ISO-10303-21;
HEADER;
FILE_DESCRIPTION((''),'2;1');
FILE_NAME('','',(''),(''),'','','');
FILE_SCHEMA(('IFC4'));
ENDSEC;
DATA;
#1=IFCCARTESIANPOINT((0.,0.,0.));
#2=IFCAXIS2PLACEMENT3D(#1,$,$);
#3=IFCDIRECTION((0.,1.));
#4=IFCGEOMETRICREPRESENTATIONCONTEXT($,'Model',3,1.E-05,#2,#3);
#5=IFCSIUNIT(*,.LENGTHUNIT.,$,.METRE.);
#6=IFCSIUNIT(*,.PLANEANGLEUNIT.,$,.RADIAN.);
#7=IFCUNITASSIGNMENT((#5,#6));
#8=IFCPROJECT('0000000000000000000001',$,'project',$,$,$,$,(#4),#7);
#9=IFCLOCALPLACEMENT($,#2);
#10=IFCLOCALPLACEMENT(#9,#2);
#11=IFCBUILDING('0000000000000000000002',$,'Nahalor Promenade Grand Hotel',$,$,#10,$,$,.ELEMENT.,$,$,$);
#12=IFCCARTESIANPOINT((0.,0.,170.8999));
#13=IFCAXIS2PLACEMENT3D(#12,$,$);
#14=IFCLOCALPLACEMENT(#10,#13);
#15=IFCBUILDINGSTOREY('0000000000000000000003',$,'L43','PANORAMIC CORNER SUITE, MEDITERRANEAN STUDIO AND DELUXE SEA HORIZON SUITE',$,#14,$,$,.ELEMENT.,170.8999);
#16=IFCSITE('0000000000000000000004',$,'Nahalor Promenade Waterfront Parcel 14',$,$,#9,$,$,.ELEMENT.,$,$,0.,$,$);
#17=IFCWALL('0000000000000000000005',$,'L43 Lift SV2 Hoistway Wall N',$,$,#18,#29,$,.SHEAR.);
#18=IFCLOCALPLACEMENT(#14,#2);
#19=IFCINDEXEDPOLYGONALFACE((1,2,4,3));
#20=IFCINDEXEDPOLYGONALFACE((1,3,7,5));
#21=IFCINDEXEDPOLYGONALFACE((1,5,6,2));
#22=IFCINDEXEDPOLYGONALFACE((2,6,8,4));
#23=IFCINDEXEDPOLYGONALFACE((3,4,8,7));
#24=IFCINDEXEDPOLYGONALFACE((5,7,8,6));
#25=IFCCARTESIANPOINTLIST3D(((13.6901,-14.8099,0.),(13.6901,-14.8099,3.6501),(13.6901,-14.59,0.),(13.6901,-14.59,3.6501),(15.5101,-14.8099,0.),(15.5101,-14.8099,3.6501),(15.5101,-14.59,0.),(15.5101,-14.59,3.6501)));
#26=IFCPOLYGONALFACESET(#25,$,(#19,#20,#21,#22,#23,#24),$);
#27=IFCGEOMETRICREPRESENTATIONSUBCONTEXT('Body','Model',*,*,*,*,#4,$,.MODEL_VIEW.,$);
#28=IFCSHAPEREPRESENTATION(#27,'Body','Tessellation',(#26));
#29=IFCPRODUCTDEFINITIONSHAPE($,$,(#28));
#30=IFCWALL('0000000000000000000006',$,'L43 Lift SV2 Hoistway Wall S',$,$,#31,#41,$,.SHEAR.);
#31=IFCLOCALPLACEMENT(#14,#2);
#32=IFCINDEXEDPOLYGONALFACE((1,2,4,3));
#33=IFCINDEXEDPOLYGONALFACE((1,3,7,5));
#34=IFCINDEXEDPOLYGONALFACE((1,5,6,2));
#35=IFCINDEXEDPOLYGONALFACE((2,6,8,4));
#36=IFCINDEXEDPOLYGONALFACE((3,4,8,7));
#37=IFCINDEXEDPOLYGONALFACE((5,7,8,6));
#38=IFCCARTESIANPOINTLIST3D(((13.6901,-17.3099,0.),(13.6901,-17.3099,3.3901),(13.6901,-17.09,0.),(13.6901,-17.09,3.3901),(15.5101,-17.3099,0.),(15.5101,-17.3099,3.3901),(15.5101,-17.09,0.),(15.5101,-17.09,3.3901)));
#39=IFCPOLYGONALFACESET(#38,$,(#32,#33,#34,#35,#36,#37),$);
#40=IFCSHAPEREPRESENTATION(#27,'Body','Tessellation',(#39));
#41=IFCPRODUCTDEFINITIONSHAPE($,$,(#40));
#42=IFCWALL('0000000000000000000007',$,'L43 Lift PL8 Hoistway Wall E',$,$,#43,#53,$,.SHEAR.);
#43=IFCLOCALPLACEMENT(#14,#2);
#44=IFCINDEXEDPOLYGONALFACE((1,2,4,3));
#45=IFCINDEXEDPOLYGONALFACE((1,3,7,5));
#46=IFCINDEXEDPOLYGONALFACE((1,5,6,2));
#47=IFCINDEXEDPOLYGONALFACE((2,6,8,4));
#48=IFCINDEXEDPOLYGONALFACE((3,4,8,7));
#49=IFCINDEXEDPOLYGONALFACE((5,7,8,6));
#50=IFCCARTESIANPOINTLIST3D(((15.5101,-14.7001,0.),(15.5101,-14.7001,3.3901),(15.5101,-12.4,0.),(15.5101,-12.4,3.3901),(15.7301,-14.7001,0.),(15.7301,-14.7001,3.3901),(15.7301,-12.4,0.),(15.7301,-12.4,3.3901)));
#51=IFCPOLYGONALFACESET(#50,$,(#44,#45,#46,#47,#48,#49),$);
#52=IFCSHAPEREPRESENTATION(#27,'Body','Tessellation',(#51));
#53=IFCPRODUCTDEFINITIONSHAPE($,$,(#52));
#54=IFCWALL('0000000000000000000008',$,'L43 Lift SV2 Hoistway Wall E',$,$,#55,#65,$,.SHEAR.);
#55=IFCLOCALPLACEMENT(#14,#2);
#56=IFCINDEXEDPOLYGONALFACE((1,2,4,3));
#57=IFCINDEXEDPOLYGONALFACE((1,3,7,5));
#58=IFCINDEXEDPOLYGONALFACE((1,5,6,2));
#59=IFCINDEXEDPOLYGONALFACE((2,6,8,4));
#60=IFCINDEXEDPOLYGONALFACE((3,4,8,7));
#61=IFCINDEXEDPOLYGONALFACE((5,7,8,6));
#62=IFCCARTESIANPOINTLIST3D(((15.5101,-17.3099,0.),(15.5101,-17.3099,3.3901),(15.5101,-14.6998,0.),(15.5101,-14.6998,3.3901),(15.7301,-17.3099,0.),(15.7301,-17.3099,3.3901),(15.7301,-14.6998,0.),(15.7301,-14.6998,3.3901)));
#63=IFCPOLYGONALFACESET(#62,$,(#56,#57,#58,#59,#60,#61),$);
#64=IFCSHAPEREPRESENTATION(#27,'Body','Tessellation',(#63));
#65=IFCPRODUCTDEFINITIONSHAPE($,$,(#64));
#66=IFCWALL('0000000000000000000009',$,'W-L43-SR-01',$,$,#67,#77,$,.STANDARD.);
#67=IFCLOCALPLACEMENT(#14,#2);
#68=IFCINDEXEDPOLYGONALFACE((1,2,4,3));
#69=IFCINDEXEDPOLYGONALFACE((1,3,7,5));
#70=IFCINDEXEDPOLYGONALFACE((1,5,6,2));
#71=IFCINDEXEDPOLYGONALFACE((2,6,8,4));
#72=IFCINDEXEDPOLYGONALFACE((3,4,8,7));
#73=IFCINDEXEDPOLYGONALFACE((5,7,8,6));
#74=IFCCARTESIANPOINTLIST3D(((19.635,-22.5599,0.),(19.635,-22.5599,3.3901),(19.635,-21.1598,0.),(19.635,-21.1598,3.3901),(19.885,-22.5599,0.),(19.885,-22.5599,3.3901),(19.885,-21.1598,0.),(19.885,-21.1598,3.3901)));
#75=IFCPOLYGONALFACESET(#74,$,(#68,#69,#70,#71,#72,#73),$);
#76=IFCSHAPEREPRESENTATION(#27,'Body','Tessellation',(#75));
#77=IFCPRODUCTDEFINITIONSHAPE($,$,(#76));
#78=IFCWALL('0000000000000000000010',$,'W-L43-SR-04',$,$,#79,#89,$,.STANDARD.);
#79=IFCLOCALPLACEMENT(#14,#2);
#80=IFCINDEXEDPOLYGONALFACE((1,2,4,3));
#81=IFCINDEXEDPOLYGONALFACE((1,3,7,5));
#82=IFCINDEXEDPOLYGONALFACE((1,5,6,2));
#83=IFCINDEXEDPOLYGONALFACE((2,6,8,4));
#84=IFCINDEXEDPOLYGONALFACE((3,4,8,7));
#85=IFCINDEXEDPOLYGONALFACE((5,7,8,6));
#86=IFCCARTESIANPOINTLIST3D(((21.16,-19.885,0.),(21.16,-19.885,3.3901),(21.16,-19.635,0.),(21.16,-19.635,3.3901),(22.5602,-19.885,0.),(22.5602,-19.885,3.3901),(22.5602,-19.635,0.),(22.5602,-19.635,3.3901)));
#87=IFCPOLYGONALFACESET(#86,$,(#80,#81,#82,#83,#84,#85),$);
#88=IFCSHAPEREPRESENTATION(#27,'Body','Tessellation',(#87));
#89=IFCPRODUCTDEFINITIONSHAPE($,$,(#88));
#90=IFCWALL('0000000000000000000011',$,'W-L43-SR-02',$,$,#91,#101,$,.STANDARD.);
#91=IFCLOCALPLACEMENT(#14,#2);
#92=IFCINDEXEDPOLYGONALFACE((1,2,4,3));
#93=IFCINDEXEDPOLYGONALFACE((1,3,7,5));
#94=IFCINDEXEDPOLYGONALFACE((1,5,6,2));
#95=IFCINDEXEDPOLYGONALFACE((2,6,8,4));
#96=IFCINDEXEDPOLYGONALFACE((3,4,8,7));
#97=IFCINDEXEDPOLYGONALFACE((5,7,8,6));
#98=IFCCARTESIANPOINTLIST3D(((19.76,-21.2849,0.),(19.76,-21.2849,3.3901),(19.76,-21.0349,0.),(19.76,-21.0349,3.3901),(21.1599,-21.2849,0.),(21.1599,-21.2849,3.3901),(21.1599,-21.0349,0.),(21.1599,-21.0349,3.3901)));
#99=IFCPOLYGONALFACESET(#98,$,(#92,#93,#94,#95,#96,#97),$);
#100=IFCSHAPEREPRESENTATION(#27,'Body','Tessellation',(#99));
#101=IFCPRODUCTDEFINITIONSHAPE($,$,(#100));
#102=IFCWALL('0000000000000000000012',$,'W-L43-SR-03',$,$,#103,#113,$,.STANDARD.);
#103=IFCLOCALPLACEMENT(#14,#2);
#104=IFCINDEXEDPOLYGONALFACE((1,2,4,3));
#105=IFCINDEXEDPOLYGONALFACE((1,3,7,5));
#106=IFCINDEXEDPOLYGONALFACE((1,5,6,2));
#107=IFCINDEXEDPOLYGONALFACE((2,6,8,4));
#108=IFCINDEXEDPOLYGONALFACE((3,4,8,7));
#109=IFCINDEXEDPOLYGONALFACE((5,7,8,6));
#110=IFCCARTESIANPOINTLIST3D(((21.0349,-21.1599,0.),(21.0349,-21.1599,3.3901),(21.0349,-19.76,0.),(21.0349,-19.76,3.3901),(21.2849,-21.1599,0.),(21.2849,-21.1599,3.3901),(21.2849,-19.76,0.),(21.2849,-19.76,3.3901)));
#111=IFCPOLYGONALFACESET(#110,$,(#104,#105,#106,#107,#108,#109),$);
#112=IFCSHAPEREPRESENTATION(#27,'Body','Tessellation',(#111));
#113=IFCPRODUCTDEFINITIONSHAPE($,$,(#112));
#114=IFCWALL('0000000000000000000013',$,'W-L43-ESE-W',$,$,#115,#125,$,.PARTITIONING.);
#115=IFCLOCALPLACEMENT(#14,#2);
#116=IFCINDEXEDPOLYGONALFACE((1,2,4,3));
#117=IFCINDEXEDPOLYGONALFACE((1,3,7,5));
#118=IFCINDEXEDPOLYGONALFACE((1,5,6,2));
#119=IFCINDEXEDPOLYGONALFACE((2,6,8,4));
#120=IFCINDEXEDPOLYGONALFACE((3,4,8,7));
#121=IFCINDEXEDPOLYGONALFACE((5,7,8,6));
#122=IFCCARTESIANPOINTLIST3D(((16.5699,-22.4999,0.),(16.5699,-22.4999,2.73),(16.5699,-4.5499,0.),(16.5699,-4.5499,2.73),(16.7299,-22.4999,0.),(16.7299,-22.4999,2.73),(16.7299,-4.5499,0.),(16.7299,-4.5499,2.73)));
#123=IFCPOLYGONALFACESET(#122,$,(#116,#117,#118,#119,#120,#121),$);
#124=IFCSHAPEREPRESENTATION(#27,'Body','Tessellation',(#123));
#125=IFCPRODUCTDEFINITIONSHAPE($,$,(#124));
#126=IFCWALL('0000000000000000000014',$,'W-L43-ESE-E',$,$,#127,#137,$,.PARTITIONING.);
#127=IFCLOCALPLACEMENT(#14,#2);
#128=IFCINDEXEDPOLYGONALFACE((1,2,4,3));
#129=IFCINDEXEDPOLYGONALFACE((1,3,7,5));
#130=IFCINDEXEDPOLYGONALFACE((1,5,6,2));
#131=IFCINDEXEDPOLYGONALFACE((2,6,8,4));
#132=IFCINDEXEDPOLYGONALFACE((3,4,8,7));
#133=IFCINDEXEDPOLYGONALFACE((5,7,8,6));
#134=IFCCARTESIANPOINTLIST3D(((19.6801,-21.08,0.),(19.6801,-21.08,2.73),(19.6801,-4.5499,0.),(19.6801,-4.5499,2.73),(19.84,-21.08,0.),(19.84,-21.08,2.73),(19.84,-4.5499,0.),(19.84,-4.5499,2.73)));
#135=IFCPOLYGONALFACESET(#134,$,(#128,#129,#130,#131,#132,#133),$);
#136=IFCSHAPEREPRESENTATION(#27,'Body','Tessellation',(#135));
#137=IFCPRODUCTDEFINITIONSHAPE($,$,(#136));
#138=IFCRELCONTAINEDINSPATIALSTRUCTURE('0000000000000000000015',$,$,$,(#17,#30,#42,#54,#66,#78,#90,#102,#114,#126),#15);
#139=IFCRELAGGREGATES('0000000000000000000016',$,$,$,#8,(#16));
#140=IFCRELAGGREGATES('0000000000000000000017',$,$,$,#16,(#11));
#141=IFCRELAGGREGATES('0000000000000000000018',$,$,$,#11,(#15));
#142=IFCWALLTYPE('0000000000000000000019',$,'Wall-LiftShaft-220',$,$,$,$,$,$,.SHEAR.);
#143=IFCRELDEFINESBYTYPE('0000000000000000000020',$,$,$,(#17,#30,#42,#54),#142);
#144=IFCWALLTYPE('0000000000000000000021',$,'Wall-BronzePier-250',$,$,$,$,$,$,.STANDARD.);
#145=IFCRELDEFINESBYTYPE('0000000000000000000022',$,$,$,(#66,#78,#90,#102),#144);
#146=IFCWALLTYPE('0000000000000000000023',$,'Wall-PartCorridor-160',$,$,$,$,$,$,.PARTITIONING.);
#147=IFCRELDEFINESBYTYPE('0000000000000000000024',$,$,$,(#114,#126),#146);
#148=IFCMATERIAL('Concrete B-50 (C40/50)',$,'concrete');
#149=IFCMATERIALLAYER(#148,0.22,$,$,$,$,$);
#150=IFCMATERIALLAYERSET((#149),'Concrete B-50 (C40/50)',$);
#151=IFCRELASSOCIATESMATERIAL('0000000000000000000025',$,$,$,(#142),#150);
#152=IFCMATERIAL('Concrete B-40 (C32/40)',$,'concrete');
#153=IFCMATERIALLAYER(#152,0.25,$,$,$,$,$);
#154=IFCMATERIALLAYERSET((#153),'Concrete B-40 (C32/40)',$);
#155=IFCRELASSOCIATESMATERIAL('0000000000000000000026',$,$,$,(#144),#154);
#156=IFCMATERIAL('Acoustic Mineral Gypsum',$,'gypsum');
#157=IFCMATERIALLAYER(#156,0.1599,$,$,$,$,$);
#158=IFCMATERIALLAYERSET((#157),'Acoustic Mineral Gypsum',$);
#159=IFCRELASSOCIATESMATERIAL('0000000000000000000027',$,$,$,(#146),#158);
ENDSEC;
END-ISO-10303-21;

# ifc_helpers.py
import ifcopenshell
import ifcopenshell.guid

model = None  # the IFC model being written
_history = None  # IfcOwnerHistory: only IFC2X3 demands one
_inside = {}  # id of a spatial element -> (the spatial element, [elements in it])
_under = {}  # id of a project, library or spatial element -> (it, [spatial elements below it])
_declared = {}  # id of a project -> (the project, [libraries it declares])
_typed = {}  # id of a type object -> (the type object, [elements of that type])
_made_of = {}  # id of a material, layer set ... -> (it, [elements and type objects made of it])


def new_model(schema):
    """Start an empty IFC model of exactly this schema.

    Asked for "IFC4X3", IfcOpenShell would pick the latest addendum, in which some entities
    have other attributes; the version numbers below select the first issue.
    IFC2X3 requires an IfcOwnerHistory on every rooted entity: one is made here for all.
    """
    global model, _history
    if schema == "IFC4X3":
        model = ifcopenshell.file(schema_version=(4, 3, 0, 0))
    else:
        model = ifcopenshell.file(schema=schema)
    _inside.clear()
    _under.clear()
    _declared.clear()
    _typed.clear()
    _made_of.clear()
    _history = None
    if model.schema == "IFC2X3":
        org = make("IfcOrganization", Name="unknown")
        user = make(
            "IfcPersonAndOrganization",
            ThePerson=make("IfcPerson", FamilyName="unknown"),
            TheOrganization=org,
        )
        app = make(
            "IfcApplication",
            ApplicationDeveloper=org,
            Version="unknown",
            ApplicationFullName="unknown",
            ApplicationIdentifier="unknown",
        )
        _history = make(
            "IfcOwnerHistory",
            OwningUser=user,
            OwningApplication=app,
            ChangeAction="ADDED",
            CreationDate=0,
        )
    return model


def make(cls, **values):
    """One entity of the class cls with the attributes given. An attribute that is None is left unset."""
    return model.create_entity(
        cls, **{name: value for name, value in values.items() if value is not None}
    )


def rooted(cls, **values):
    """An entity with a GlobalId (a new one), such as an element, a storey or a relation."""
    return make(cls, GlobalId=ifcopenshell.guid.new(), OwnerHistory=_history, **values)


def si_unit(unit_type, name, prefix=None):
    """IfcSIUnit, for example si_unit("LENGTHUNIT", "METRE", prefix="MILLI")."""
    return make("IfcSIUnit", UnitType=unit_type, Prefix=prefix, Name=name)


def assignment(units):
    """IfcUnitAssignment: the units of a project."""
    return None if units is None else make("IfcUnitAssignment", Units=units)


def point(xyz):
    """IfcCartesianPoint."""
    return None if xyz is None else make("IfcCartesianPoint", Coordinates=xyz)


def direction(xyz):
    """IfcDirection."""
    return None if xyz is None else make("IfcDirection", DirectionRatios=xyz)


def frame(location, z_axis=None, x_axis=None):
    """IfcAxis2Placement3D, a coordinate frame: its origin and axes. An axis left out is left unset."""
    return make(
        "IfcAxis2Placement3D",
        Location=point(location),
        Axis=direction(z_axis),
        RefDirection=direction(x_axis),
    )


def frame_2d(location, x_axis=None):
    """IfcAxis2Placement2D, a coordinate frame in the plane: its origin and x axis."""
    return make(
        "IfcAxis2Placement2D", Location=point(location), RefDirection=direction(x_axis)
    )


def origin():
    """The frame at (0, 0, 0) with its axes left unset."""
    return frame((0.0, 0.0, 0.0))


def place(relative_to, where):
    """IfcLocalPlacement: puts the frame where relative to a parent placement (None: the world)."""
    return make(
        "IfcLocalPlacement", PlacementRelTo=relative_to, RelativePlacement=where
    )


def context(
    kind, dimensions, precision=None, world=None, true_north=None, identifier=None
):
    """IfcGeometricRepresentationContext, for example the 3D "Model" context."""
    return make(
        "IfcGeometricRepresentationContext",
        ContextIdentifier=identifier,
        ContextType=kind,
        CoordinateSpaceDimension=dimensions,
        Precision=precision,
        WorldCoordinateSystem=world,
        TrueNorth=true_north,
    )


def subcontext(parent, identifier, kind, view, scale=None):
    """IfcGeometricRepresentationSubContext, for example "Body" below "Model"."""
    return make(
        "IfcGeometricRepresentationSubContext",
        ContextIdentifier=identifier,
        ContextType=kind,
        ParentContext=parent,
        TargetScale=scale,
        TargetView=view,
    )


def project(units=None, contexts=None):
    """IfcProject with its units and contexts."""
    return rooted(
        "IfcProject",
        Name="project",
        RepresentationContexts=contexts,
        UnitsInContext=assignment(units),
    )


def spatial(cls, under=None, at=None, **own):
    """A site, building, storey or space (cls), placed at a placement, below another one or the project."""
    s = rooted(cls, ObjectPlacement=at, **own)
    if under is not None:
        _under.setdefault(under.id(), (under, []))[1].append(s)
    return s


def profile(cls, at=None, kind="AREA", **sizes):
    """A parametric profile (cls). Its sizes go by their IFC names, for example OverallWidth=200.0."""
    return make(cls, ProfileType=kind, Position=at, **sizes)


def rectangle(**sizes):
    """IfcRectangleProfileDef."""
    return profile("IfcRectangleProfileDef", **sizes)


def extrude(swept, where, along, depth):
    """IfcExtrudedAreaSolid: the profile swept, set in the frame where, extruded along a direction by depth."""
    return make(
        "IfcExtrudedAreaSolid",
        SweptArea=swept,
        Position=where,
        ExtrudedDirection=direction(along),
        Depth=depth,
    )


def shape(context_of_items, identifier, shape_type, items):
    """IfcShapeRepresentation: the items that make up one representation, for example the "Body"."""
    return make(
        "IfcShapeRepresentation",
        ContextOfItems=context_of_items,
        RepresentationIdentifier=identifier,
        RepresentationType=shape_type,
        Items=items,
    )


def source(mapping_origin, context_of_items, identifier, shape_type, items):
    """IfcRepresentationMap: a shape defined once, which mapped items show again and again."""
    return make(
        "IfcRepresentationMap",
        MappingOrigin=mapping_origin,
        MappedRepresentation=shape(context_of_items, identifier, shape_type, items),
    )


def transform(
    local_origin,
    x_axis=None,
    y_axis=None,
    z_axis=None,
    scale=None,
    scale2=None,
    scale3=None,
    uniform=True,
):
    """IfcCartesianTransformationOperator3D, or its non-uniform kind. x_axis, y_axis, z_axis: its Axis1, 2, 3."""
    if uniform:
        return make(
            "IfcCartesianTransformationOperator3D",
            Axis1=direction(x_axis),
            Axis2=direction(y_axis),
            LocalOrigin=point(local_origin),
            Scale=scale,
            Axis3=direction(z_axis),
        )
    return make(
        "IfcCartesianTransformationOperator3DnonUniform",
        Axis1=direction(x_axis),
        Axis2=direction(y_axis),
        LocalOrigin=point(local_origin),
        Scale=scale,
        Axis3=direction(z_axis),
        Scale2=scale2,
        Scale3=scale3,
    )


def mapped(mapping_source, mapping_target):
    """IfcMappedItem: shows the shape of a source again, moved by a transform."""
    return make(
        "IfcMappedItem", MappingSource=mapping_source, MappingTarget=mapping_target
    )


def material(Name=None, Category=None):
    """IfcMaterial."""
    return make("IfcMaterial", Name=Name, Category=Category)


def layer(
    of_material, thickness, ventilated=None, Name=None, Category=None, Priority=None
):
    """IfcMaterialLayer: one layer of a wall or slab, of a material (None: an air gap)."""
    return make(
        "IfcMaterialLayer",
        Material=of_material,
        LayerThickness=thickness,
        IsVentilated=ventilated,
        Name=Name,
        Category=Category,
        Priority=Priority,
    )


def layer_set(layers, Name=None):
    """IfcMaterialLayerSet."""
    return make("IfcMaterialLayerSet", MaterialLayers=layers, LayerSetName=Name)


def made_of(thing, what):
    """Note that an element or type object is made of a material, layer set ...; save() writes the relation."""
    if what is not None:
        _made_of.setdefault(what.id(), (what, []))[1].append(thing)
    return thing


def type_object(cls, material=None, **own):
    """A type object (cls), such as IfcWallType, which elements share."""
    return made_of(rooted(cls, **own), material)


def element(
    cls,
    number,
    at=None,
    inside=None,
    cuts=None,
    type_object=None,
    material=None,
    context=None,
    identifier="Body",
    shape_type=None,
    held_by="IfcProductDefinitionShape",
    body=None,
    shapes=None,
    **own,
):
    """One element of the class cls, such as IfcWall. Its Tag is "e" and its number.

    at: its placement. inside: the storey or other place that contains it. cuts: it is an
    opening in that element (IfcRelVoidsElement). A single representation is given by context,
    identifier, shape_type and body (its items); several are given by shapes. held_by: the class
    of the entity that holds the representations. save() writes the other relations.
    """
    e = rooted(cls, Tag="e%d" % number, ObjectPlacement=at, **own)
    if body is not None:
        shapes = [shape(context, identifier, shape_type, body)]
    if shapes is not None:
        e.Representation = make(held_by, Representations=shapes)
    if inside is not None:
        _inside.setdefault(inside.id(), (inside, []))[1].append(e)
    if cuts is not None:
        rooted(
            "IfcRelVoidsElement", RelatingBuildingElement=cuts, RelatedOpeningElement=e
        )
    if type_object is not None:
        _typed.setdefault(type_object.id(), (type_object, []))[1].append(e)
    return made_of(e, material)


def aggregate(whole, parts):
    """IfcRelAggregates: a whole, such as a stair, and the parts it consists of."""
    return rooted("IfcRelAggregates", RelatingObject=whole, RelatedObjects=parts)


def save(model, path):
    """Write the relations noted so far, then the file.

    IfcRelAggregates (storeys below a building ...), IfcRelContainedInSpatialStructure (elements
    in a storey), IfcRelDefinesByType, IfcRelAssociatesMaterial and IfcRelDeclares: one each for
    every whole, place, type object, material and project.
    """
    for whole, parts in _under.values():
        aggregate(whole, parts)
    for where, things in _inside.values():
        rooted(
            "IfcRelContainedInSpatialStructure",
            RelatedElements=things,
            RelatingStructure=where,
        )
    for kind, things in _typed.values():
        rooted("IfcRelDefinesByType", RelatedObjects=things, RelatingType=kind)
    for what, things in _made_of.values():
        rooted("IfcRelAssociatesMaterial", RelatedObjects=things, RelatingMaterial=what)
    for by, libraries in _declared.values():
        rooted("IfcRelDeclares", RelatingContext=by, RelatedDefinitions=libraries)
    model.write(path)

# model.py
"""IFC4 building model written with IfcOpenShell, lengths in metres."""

from ifc_helpers import new_model, si_unit, direction, frame, frame_2d, origin, place, context, subcontext, project, spatial, rectangle, extrude, source, transform, mapped, material, layer, layer_set, type_object, element, save


model = new_model("IFC4")

# Units and contexts
model_context = context("Model", 3, precision=1e-05, world=origin(), true_north=direction((0.0, 1.0)))
body_context = subcontext(model_context, "Body", "Model", "MODEL_VIEW")
ifc_project = project(units=[si_unit("LENGTHUNIT", "METRE"), si_unit("PLANEANGLEUNIT", "RADIAN")], contexts=[model_context])

# Site, building, storey
site_placement = place(None, origin())
site = spatial("IfcSite", under=ifc_project, at=site_placement, Name="Nahalor Promenade Waterfront Parcel 14", CompositionType="ELEMENT", RefElevation=0.0)
building_placement = place(site_placement, origin())
building = spatial("IfcBuilding", under=site, at=building_placement, Name="Nahalor Promenade Grand Hotel", CompositionType="ELEMENT")
storey_placement = place(building_placement, frame((0.0, 0.0, 170.8999)))
storey = spatial("IfcBuildingStorey", under=building, at=storey_placement, Name="L43", Description="PANORAMIC CORNER SUITE, MEDITERRANEAN STUDIO AND DELUXE SEA HORIZON SUITE", CompositionType="ELEMENT", Elevation=170.8999)

# Walls
ifc_material_1 = material(Name="Concrete B-50 (C40/50)", Category="concrete")
ifc_layer_1 = layer(ifc_material_1, 0.22)
ifc_layer_set_1 = layer_set([ifc_layer_1], Name="Concrete B-50 (C40/50)")
wall_type_1 = type_object("IfcWallType", Name="Wall-LiftShaft-220", PredefinedType="SHEAR", material=ifc_layer_set_1)
shared_shape_1 = source(origin(), body_context, "Body", "SweptSolid", [
    extrude(rectangle(XDim=1.8201, YDim=0.22, at=frame_2d((0.9102, 0.0))), origin(), (0.0, 0.0, 1.0), 3.6501),
])
wall_1_placement = place(storey_placement, frame((13.6899, -14.7, 0.0), z_axis=(0.0, 0.0, 1.0), x_axis=(1.0, 0.0, 0.0)))
element("IfcWall", 1, at=wall_1_placement, inside=storey, type_object=wall_type_1, Name="L43 Lift SV2 Hoistway Wall N", PredefinedType="SHEAR", context=body_context, shape_type="MappedRepresentation", body=[
    mapped(shared_shape_1, transform((0.0, 0.0, 0.0), scale=1.0)),
])
shared_shape_2 = source(origin(), body_context, "Body", "SweptSolid", [
    extrude(rectangle(XDim=1.8201, YDim=0.22, at=frame_2d((0.9102, 0.0))), origin(), (0.0, 0.0, 1.0), 3.3901),
])
wall_2_placement = place(storey_placement, frame((13.6899, -17.2, 0.0), z_axis=(0.0, 0.0, 1.0), x_axis=(1.0, 0.0, 0.0)))
element("IfcWall", 2, at=wall_2_placement, inside=storey, type_object=wall_type_1, Name="L43 Lift SV2 Hoistway Wall S", PredefinedType="SHEAR", context=body_context, shape_type="MappedRepresentation", body=[
    mapped(shared_shape_2, transform((0.0, 0.0, 0.0), scale=1.0)),
])
shared_shape_3 = source(origin(), body_context, "Body", "SweptSolid", [
    extrude(rectangle(XDim=2.3, YDim=0.22, at=frame_2d((1.1499, 0.0))), origin(), (0.0, 0.0, 1.0), 3.3901),
])
wall_3_placement = place(storey_placement, frame((15.6201, -14.7, 0.0), z_axis=(0.0, 0.0, 1.0), x_axis=(0.0, 1.0, 0.0)))
element("IfcWall", 3, at=wall_3_placement, inside=storey, type_object=wall_type_1, Name="L43 Lift PL8 Hoistway Wall E", PredefinedType="SHEAR", context=body_context, shape_type="MappedRepresentation", body=[
    mapped(shared_shape_3, transform((0.0, 0.0, 0.0), scale=1.0)),
])
shared_shape_4 = source(origin(), body_context, "Body", "SweptSolid", [
    extrude(rectangle(XDim=2.6101, YDim=0.22, at=frame_2d((1.3052, 0.0))), origin(), (0.0, 0.0, 1.0), 3.3901),
])
wall_4_placement = place(storey_placement, frame((15.6201, -17.3101, 0.0), z_axis=(0.0, 0.0, 1.0), x_axis=(0.0, 1.0, 0.0)))
element("IfcWall", 4, at=wall_4_placement, inside=storey, type_object=wall_type_1, Name="L43 Lift SV2 Hoistway Wall E", PredefinedType="SHEAR", context=body_context, shape_type="MappedRepresentation", body=[
    mapped(shared_shape_4, transform((0.0, 0.0, 0.0), scale=1.0)),
])
ifc_material_2 = material(Name="Concrete B-40 (C32/40)", Category="concrete")
ifc_layer_2 = layer(ifc_material_2, 0.25)
ifc_layer_set_2 = layer_set([ifc_layer_2], Name="Concrete B-40 (C32/40)")
wall_type_2 = type_object("IfcWallType", Name="Wall-BronzePier-250", PredefinedType="STANDARD", material=ifc_layer_set_2)
shared_shape_5 = source(origin(), body_context, "Body", "SweptSolid", [
    extrude(rectangle(XDim=1.4001, YDim=0.25, at=frame_2d((0.7002, 0.0))), origin(), (0.0, 0.0, 1.0), 3.3901),
])
for number, where, z_axis, x_axis, name in (
    (5, (19.76, -22.5601, 0.0), (0.0, 0.0, 1.0), (0.0, 1.0, 0.0), "W-L43-SR-01"),
    (6, (21.1599, -19.76, 0.0), (0.0, 0.0, 1.0), (1.0, 0.0, 0.0), "W-L43-SR-04"),
):
    element("IfcWall", number, at=place(storey_placement, frame(where, z_axis=z_axis, x_axis=x_axis)), inside=storey, type_object=wall_type_2, Name=name, PredefinedType="STANDARD", context=body_context, shape_type="MappedRepresentation", body=[
        mapped(shared_shape_5, transform((0.0, 0.0, 0.0), scale=1.0)),
    ])
shared_shape_6 = source(origin(), body_context, "Body", "SweptSolid", [
    extrude(rectangle(XDim=1.3999, YDim=0.25, at=frame_2d((0.7, 0.0))), origin(), (0.0, 0.0, 1.0), 3.3901),
])
for number, where, z_axis, x_axis, name in (
    (7, (19.76, -21.1599, 0.0), (0.0, 0.0, 1.0), (1.0, 0.0, 0.0), "W-L43-SR-02"),
    (8, (21.1599, -21.1599, 0.0), (0.0, 0.0, 1.0), (0.0, 1.0, 0.0), "W-L43-SR-03"),
):
    element("IfcWall", number, at=place(storey_placement, frame(where, z_axis=z_axis, x_axis=x_axis)), inside=storey, type_object=wall_type_2, Name=name, PredefinedType="STANDARD", context=body_context, shape_type="MappedRepresentation", body=[
        mapped(shared_shape_6, transform((0.0, 0.0, 0.0), scale=1.0)),
    ])
ifc_material_3 = material(Name="Acoustic Mineral Gypsum", Category="gypsum")
ifc_layer_3 = layer(ifc_material_3, 0.1599)
ifc_layer_set_3 = layer_set([ifc_layer_3], Name="Acoustic Mineral Gypsum")
wall_type_3 = type_object("IfcWallType", Name="Wall-PartCorridor-160", PredefinedType="PARTITIONING", material=ifc_layer_set_3)
shared_shape_7 = source(origin(), body_context, "Body", "SweptSolid", [
    extrude(rectangle(XDim=17.95, YDim=0.1599, at=frame_2d((8.9751, 0.0))), origin(), (0.0, 0.0, 1.0), 2.73),
])
wall_5_placement = place(storey_placement, frame((16.6499, -22.5, 0.0), z_axis=(0.0, 0.0, 1.0), x_axis=(0.0, 1.0, 0.0)))
element("IfcWall", 9, at=wall_5_placement, inside=storey, type_object=wall_type_3, Name="W-L43-ESE-W", PredefinedType="PARTITIONING", context=body_context, shape_type="MappedRepresentation", body=[
    mapped(shared_shape_7, transform((0.0, 0.0, 0.0), scale=1.0)),
])
shared_shape_8 = source(origin(), body_context, "Body", "SweptSolid", [
    extrude(rectangle(XDim=16.53, YDim=0.1599, at=frame_2d((8.2651, 0.0))), origin(), (0.0, 0.0, 1.0), 2.73),
])
wall_6_placement = place(storey_placement, frame((19.76, -21.0801, 0.0), z_axis=(0.0, 0.0, 1.0), x_axis=(0.0, 1.0, 0.0)))
element("IfcWall", 10, at=wall_6_placement, inside=storey, type_object=wall_type_3, Name="W-L43-ESE-E", PredefinedType="PARTITIONING", context=body_context, shape_type="MappedRepresentation", body=[
    mapped(shared_shape_8, transform((0.0, 0.0, 0.0), scale=1.0)),
])

save(model, "model.ifc")
